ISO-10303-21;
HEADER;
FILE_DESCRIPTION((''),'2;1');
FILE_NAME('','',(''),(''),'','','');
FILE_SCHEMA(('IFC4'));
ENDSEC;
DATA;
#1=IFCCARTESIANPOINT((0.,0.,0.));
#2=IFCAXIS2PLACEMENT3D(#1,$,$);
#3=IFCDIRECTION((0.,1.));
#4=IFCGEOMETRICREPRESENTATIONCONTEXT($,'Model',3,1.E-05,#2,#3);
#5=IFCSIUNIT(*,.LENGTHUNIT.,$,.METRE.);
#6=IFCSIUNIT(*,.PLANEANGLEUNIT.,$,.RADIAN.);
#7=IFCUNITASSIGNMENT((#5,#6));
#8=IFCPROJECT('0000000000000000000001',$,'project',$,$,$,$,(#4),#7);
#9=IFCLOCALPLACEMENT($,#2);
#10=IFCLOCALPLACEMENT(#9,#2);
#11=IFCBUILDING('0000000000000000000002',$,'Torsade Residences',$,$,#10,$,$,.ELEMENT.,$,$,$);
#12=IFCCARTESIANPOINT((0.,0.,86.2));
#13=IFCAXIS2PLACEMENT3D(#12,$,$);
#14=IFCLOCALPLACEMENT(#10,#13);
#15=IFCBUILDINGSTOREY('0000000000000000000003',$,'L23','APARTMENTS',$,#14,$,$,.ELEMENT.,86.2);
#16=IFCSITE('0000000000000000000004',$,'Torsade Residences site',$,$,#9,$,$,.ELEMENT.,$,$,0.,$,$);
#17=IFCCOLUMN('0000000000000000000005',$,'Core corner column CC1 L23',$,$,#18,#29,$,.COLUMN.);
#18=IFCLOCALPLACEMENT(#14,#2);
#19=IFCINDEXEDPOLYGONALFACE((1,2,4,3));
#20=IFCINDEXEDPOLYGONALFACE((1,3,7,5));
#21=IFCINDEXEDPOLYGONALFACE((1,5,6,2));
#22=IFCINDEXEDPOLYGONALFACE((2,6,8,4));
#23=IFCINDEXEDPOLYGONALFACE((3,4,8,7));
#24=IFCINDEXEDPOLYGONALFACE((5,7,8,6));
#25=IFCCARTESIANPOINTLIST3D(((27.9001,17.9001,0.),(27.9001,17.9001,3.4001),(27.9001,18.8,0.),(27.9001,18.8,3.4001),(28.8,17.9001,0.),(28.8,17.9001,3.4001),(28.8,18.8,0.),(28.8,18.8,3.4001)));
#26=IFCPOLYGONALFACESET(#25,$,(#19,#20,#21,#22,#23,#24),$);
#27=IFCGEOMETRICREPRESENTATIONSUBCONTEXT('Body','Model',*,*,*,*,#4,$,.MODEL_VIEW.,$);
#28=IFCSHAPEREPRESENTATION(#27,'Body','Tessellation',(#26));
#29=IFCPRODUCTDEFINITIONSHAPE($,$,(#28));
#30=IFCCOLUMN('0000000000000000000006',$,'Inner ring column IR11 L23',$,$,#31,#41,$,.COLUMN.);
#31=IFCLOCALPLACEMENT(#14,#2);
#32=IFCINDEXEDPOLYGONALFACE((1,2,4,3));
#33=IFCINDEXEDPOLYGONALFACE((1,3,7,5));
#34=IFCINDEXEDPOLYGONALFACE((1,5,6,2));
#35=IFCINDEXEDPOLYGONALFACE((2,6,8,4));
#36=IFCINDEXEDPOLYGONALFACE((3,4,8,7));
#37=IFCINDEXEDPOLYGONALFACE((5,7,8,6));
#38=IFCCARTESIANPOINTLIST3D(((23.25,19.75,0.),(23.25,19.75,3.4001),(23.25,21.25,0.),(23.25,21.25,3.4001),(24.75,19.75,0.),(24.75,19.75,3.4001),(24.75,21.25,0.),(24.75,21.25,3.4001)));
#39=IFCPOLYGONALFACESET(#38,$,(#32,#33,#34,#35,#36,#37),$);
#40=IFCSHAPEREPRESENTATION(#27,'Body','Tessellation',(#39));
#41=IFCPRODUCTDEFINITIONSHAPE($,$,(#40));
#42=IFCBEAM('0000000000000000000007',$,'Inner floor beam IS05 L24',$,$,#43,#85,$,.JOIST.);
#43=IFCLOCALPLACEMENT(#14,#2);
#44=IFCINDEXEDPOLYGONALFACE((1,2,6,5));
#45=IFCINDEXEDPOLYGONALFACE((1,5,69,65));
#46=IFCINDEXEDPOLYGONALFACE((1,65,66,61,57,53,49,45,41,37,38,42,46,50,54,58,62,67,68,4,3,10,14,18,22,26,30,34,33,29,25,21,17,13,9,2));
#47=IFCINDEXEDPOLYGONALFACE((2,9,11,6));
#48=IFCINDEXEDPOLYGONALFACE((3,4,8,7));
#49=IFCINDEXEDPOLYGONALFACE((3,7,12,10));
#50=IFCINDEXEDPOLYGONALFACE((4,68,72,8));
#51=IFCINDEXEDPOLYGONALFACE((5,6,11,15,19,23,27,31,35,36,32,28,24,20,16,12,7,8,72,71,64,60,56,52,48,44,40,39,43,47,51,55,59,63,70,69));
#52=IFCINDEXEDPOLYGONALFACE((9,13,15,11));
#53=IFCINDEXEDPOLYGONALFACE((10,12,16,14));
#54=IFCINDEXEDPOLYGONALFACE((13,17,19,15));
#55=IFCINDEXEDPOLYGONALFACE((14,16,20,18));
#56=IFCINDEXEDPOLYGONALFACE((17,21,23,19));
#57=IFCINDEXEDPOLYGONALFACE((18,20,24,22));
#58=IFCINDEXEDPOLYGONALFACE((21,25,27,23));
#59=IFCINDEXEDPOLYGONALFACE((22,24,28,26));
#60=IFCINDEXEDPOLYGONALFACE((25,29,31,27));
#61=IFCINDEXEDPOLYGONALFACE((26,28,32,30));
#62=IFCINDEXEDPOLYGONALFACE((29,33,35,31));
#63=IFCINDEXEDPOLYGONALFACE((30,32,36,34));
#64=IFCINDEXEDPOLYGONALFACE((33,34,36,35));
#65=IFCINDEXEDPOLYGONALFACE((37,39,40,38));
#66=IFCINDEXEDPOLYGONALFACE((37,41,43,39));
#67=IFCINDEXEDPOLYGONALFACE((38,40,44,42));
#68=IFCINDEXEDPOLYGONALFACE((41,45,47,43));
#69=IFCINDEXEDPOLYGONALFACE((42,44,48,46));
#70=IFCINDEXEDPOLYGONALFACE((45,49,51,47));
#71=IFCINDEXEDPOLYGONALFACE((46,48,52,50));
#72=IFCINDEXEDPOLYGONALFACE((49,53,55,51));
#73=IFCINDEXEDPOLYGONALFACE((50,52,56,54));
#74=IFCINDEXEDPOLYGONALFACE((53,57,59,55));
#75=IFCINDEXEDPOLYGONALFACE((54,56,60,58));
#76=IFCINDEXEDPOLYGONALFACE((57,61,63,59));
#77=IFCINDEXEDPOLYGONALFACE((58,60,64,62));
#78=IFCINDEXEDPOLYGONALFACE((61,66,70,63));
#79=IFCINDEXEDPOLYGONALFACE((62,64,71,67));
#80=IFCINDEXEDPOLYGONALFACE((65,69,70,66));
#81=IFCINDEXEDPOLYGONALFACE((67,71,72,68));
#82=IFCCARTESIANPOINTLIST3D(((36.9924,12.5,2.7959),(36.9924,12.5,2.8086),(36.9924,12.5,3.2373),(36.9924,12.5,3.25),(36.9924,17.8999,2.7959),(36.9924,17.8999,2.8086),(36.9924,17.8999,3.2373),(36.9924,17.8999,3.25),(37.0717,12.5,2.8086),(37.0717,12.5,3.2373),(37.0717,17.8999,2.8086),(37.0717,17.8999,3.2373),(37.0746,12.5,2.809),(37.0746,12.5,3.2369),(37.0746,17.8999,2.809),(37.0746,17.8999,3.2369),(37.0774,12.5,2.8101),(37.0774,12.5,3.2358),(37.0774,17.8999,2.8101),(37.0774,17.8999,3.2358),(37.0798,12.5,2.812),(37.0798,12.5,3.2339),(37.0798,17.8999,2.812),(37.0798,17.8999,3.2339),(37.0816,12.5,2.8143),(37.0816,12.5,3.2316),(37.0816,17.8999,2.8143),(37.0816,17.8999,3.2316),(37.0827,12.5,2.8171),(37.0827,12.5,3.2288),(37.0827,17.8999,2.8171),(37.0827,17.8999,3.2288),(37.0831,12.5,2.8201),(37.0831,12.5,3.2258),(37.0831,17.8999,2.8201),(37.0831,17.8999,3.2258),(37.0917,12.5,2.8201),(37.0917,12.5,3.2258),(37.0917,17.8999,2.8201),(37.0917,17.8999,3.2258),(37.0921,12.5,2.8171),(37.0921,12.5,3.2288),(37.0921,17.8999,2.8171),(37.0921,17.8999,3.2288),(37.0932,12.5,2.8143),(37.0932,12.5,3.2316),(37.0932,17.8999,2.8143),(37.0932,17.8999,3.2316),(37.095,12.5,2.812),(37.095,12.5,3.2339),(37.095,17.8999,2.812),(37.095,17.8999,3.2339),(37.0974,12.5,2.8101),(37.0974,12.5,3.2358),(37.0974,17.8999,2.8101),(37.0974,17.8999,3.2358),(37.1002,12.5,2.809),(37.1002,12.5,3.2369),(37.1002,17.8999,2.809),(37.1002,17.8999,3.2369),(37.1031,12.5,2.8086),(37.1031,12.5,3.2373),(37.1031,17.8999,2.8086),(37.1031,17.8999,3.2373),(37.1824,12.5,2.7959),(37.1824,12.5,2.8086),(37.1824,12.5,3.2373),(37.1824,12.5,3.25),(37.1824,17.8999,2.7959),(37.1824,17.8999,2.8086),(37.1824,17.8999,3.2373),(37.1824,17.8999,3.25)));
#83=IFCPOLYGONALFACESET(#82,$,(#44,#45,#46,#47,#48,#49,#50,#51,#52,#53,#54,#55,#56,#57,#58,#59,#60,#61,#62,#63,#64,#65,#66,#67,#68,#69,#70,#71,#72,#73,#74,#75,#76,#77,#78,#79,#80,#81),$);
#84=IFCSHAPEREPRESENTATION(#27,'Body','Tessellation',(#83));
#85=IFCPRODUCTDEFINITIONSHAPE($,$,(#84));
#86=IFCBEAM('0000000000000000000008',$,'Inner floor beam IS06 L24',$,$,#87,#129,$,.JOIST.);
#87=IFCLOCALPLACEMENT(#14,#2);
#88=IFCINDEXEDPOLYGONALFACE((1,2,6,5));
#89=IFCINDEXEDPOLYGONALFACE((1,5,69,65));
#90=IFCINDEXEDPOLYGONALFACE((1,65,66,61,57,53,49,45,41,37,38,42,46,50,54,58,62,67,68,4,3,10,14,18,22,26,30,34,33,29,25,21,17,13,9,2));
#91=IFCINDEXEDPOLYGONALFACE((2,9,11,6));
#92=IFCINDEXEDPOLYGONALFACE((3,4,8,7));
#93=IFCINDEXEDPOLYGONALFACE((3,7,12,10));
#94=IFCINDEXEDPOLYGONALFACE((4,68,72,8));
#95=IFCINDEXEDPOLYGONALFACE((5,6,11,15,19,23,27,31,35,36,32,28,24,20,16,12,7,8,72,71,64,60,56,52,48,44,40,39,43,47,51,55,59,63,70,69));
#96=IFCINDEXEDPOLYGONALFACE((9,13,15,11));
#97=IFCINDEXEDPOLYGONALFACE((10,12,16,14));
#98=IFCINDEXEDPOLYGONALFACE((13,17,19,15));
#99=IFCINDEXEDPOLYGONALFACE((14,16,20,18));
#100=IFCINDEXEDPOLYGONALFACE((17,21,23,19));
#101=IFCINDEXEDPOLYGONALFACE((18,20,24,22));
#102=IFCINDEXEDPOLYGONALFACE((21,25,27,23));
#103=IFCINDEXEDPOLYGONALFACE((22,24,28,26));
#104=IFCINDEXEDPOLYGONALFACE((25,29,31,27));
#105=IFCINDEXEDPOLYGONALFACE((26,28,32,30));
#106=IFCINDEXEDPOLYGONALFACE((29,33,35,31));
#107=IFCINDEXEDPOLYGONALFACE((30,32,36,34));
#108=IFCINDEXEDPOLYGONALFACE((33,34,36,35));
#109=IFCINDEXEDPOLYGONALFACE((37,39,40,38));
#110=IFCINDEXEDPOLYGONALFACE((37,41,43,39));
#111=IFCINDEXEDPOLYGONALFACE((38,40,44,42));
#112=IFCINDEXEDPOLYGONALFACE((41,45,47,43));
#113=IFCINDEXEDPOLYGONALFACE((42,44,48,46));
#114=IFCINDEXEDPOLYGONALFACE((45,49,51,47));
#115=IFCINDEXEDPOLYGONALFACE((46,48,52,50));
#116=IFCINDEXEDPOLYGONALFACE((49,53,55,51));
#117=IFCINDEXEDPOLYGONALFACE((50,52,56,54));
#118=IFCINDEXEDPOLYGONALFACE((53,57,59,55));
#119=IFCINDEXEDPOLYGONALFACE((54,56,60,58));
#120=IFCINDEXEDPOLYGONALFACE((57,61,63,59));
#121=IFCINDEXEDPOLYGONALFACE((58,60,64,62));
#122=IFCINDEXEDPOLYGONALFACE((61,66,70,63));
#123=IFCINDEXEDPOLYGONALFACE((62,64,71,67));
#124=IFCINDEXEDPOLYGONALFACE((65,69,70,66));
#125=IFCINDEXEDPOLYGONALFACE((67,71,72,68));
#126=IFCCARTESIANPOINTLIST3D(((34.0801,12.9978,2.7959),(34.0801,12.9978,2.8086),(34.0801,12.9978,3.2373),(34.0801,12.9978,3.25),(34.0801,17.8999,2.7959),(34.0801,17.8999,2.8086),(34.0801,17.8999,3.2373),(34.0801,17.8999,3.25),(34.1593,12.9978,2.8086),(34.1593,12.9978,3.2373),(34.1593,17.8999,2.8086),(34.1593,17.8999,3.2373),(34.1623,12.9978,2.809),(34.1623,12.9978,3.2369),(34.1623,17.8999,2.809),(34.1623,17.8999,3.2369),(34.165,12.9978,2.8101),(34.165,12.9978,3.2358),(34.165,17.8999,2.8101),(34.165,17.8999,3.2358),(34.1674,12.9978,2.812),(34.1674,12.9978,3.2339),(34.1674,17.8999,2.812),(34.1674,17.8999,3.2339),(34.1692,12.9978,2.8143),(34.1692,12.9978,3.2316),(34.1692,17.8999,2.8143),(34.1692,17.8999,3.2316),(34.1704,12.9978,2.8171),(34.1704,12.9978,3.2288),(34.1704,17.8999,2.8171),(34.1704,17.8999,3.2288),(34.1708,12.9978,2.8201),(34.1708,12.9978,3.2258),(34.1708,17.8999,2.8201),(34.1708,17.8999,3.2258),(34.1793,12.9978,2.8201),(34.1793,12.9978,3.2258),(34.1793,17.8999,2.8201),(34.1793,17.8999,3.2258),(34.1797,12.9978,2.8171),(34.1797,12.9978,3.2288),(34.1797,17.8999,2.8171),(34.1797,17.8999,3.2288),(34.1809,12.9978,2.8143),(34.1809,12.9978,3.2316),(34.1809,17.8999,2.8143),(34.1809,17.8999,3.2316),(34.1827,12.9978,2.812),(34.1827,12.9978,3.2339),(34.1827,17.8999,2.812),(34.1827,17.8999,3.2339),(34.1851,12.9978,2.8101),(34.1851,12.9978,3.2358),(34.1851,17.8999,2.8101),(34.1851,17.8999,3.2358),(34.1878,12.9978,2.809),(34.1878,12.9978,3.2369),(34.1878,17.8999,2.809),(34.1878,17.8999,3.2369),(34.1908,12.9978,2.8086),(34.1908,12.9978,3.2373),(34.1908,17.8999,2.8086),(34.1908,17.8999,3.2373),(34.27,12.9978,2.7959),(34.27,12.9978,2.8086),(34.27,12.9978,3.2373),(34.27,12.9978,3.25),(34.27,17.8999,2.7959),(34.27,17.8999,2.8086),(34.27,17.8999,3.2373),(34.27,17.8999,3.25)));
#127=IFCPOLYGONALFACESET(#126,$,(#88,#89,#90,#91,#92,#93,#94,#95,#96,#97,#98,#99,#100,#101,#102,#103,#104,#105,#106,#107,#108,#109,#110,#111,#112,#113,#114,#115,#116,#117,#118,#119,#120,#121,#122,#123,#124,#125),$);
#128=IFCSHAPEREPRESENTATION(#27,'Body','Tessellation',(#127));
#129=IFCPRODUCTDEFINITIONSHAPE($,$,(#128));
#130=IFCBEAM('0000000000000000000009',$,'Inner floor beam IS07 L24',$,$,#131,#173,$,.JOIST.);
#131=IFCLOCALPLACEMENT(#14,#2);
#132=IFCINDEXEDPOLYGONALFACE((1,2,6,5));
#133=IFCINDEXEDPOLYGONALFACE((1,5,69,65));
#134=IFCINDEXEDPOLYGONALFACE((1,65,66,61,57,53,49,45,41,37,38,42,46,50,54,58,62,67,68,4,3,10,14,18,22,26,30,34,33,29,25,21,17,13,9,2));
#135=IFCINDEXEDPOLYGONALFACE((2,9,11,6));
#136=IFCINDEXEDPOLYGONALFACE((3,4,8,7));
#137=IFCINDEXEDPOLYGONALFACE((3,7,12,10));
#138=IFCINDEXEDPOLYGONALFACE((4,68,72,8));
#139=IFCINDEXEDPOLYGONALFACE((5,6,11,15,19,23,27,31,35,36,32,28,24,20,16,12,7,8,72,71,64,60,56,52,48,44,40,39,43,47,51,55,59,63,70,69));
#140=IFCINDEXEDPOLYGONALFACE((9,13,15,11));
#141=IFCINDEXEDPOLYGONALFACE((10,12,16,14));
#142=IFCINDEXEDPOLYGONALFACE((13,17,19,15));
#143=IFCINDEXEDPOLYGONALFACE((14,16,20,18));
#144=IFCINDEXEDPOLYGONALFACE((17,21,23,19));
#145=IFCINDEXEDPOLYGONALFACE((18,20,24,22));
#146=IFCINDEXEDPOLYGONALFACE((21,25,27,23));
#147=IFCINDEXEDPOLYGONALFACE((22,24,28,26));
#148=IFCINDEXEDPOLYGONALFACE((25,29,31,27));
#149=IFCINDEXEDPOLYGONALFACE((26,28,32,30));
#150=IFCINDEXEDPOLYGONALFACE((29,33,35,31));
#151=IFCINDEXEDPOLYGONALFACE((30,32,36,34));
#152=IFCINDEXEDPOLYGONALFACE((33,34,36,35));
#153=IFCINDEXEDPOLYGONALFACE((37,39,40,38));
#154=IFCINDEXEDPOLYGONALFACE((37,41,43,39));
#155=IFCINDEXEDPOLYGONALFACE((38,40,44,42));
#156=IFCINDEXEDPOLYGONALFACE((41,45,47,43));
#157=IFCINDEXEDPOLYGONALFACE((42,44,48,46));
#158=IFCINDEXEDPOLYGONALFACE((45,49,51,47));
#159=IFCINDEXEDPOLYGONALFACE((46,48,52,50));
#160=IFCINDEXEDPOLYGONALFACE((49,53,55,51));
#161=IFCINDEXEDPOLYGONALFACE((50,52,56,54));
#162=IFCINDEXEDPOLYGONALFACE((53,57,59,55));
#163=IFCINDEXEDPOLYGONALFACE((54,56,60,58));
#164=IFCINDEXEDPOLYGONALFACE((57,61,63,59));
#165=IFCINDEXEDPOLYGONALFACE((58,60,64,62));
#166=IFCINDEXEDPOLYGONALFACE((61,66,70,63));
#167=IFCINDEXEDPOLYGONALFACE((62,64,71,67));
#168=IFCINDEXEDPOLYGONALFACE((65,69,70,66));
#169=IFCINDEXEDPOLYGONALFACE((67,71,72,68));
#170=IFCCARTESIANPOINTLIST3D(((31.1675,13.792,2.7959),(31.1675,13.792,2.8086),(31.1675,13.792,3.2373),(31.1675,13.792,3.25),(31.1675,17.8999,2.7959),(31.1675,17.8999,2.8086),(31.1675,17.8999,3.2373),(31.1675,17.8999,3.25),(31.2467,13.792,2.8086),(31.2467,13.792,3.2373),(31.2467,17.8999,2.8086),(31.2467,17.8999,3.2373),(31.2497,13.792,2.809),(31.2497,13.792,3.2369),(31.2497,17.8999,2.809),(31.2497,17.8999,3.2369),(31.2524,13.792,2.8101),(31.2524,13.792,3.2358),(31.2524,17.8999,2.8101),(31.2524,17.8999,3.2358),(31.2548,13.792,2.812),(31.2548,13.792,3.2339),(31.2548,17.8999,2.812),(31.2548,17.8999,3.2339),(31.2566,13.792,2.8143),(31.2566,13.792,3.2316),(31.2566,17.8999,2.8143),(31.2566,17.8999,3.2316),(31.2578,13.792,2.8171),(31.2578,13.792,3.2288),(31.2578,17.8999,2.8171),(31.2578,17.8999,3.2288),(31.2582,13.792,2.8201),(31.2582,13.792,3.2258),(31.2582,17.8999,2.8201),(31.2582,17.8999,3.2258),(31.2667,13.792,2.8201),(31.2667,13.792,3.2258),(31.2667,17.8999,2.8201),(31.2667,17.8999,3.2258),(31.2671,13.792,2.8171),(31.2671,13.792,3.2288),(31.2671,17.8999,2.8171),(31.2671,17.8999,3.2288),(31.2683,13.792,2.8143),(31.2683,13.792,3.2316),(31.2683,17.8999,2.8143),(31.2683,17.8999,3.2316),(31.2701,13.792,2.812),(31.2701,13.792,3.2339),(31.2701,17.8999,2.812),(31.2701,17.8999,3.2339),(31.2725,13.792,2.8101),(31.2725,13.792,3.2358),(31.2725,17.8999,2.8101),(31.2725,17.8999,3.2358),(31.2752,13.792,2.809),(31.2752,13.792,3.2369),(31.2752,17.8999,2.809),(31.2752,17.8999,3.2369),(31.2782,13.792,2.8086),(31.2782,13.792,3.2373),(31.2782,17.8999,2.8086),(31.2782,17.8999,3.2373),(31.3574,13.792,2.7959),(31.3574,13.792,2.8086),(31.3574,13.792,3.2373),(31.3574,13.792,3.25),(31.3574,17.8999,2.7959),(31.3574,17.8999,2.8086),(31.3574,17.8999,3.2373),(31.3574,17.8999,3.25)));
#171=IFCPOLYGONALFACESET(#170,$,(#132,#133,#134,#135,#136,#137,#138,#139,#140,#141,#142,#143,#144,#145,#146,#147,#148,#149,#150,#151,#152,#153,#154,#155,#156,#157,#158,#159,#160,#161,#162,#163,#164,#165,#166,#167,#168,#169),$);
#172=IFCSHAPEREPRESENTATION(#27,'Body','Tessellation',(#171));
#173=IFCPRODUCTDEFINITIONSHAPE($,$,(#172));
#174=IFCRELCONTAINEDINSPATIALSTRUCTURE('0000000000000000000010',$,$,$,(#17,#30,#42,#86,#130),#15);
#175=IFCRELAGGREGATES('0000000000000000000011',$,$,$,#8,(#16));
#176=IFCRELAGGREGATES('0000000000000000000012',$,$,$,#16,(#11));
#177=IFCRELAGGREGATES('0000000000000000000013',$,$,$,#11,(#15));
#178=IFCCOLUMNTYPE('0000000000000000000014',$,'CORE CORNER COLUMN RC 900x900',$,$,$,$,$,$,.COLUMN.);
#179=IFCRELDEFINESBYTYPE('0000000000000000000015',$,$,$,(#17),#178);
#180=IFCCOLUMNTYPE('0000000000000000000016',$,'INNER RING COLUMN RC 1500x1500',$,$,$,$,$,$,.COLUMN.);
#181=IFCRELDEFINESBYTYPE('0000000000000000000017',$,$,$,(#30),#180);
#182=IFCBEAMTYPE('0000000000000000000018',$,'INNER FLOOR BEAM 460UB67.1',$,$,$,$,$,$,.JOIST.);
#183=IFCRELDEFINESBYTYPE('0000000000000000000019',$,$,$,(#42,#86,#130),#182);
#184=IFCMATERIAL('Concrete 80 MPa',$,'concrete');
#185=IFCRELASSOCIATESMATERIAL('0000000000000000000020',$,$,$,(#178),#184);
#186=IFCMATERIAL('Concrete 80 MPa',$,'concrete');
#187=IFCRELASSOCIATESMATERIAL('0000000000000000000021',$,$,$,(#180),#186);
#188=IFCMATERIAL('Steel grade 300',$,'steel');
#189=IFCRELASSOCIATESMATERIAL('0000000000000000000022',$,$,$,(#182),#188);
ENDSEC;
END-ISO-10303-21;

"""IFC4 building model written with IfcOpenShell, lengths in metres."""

from ifc_helpers import new_model, si_unit, direction, frame, origin, origin_2d, place, context, subcontext, project, spatial, rectangle, i_section, extrude, material, material_profile, profile_set, type_object, element, save


model = new_model("IFC4")

# Units and contexts
model_context = context("Model", 3, precision=1e-05, world=origin(), true_north=direction((0.0, 1.0)))
body_context = subcontext(model_context, "Body", "Model", "MODEL_VIEW")
ifc_project = project(units=[si_unit("LENGTHUNIT", "METRE"), si_unit("PLANEANGLEUNIT", "RADIAN")], contexts=[model_context])

# Site, building, storey
site_placement = place(None, origin())
site = spatial("IfcSite", under=ifc_project, at=site_placement, Name="Torsade Residences site", CompositionType="ELEMENT", RefElevation=0.0)
building_placement = place(site_placement, origin())
building = spatial("IfcBuilding", under=site, at=building_placement, Name="Torsade Residences", CompositionType="ELEMENT")
storey_placement = place(building_placement, frame((0.0, 0.0, 86.2)))
storey = spatial("IfcBuildingStorey", under=building, at=storey_placement, Name="L23", Description="APARTMENTS", CompositionType="ELEMENT", Elevation=86.2)

# Columns
ifc_material_1 = material(Name="Concrete 80 MPa", Category="concrete")
ifc_material_profile_1 = material_profile(ifc_material_1, rectangle(XDim=0.8999, YDim=0.8999, at=origin_2d()), Name="RC 900x900")
ifc_profile_set_1 = profile_set([ifc_material_profile_1], Name="Concrete 80 MPa")
column_type_1 = type_object("IfcColumnType", Name="CORE CORNER COLUMN RC 900x900", PredefinedType="COLUMN", material=ifc_profile_set_1)
column_1_placement = place(storey_placement, frame((28.3501, 18.3501, 0.0), z_axis=(0.0, 0.0, 1.0), x_axis=(1.0, 0.0, 0.0)))
element("IfcColumn", 1, at=column_1_placement, inside=storey, type_object=column_type_1, Name="Core corner column CC1 L23", PredefinedType="COLUMN", context=body_context, shape_type="SweptSolid", body=[
    extrude(rectangle(XDim=0.8999, YDim=0.8999, at=origin_2d()), origin(), (0.0, 0.0, 1.0), 3.4001),
])
ifc_material_2 = material(Name="Concrete 80 MPa", Category="concrete")
ifc_material_profile_2 = material_profile(ifc_material_2, rectangle(XDim=1.5, YDim=1.5, at=origin_2d()), Name="RC 1500x1500")
ifc_profile_set_2 = profile_set([ifc_material_profile_2], Name="Concrete 80 MPa")
column_type_2 = type_object("IfcColumnType", Name="INNER RING COLUMN RC 1500x1500", PredefinedType="COLUMN", material=ifc_profile_set_2)
column_2_placement = place(storey_placement, frame((24.0, 20.5, 0.0), z_axis=(0.0, 0.0, 1.0), x_axis=(1.0, 0.0, 0.0)))
element("IfcColumn", 2, at=column_2_placement, inside=storey, type_object=column_type_2, Name="Inner ring column IR11 L23", PredefinedType="COLUMN", context=body_context, shape_type="SweptSolid", body=[
    extrude(rectangle(XDim=1.5, YDim=1.5, at=origin_2d()), origin(), (0.0, 0.0, 1.0), 3.4001),
])

# Beams
ifc_material_3 = material(Name="Steel grade 300", Category="steel")
ifc_material_profile_3 = material_profile(ifc_material_3, i_section(OverallWidth=0.1899, OverallDepth=0.4541, WebThickness=0.0085, FlangeThickness=0.0127, FilletRadius=0.0115, at=origin_2d()), Name="460UB67.1")
ifc_profile_set_3 = profile_set([ifc_material_profile_3], Name="Steel grade 300")
beam_type_1 = type_object("IfcBeamType", Name="INNER FLOOR BEAM 460UB67.1", PredefinedType="JOIST", material=ifc_profile_set_3)
beam_1_placement = place(storey_placement, frame((37.0874, 17.8999, 3.0229), z_axis=(0.0, -1.0, 0.0), x_axis=(1.0, 0.0, 0.0)))
element("IfcBeam", 3, at=beam_1_placement, inside=storey, type_object=beam_type_1, Name="Inner floor beam IS05 L24", PredefinedType="JOIST", context=body_context, shape_type="SweptSolid", body=[
    extrude(i_section(OverallWidth=0.1899, OverallDepth=0.4541, WebThickness=0.0085, FlangeThickness=0.0127, FilletRadius=0.0115, at=origin_2d()), origin(), (0.0, 0.0, 1.0), 5.3999),
])
beam_2_placement = place(storey_placement, frame((34.175, 17.8999, 3.0229), z_axis=(0.0, -1.0, 0.0), x_axis=(1.0, 0.0, 0.0)))
element("IfcBeam", 4, at=beam_2_placement, inside=storey, type_object=beam_type_1, Name="Inner floor beam IS06 L24", PredefinedType="JOIST", context=body_context, shape_type="SweptSolid", body=[
    extrude(i_section(OverallWidth=0.1899, OverallDepth=0.4541, WebThickness=0.0085, FlangeThickness=0.0127, FilletRadius=0.0115, at=origin_2d()), origin(), (0.0, 0.0, 1.0), 4.9021),
])
beam_3_placement = place(storey_placement, frame((31.2625, 17.8999, 3.0229), z_axis=(0.0, -1.0, 0.0), x_axis=(1.0, 0.0, 0.0)))
element("IfcBeam", 5, at=beam_3_placement, inside=storey, type_object=beam_type_1, Name="Inner floor beam IS07 L24", PredefinedType="JOIST", context=body_context, shape_type="SweptSolid", body=[
    extrude(i_section(OverallWidth=0.1899, OverallDepth=0.4541, WebThickness=0.0085, FlangeThickness=0.0127, FilletRadius=0.0115, at=origin_2d()), origin(), (0.0, 0.0, 1.0), 4.1079),
])

save(model, "model.ifc")
